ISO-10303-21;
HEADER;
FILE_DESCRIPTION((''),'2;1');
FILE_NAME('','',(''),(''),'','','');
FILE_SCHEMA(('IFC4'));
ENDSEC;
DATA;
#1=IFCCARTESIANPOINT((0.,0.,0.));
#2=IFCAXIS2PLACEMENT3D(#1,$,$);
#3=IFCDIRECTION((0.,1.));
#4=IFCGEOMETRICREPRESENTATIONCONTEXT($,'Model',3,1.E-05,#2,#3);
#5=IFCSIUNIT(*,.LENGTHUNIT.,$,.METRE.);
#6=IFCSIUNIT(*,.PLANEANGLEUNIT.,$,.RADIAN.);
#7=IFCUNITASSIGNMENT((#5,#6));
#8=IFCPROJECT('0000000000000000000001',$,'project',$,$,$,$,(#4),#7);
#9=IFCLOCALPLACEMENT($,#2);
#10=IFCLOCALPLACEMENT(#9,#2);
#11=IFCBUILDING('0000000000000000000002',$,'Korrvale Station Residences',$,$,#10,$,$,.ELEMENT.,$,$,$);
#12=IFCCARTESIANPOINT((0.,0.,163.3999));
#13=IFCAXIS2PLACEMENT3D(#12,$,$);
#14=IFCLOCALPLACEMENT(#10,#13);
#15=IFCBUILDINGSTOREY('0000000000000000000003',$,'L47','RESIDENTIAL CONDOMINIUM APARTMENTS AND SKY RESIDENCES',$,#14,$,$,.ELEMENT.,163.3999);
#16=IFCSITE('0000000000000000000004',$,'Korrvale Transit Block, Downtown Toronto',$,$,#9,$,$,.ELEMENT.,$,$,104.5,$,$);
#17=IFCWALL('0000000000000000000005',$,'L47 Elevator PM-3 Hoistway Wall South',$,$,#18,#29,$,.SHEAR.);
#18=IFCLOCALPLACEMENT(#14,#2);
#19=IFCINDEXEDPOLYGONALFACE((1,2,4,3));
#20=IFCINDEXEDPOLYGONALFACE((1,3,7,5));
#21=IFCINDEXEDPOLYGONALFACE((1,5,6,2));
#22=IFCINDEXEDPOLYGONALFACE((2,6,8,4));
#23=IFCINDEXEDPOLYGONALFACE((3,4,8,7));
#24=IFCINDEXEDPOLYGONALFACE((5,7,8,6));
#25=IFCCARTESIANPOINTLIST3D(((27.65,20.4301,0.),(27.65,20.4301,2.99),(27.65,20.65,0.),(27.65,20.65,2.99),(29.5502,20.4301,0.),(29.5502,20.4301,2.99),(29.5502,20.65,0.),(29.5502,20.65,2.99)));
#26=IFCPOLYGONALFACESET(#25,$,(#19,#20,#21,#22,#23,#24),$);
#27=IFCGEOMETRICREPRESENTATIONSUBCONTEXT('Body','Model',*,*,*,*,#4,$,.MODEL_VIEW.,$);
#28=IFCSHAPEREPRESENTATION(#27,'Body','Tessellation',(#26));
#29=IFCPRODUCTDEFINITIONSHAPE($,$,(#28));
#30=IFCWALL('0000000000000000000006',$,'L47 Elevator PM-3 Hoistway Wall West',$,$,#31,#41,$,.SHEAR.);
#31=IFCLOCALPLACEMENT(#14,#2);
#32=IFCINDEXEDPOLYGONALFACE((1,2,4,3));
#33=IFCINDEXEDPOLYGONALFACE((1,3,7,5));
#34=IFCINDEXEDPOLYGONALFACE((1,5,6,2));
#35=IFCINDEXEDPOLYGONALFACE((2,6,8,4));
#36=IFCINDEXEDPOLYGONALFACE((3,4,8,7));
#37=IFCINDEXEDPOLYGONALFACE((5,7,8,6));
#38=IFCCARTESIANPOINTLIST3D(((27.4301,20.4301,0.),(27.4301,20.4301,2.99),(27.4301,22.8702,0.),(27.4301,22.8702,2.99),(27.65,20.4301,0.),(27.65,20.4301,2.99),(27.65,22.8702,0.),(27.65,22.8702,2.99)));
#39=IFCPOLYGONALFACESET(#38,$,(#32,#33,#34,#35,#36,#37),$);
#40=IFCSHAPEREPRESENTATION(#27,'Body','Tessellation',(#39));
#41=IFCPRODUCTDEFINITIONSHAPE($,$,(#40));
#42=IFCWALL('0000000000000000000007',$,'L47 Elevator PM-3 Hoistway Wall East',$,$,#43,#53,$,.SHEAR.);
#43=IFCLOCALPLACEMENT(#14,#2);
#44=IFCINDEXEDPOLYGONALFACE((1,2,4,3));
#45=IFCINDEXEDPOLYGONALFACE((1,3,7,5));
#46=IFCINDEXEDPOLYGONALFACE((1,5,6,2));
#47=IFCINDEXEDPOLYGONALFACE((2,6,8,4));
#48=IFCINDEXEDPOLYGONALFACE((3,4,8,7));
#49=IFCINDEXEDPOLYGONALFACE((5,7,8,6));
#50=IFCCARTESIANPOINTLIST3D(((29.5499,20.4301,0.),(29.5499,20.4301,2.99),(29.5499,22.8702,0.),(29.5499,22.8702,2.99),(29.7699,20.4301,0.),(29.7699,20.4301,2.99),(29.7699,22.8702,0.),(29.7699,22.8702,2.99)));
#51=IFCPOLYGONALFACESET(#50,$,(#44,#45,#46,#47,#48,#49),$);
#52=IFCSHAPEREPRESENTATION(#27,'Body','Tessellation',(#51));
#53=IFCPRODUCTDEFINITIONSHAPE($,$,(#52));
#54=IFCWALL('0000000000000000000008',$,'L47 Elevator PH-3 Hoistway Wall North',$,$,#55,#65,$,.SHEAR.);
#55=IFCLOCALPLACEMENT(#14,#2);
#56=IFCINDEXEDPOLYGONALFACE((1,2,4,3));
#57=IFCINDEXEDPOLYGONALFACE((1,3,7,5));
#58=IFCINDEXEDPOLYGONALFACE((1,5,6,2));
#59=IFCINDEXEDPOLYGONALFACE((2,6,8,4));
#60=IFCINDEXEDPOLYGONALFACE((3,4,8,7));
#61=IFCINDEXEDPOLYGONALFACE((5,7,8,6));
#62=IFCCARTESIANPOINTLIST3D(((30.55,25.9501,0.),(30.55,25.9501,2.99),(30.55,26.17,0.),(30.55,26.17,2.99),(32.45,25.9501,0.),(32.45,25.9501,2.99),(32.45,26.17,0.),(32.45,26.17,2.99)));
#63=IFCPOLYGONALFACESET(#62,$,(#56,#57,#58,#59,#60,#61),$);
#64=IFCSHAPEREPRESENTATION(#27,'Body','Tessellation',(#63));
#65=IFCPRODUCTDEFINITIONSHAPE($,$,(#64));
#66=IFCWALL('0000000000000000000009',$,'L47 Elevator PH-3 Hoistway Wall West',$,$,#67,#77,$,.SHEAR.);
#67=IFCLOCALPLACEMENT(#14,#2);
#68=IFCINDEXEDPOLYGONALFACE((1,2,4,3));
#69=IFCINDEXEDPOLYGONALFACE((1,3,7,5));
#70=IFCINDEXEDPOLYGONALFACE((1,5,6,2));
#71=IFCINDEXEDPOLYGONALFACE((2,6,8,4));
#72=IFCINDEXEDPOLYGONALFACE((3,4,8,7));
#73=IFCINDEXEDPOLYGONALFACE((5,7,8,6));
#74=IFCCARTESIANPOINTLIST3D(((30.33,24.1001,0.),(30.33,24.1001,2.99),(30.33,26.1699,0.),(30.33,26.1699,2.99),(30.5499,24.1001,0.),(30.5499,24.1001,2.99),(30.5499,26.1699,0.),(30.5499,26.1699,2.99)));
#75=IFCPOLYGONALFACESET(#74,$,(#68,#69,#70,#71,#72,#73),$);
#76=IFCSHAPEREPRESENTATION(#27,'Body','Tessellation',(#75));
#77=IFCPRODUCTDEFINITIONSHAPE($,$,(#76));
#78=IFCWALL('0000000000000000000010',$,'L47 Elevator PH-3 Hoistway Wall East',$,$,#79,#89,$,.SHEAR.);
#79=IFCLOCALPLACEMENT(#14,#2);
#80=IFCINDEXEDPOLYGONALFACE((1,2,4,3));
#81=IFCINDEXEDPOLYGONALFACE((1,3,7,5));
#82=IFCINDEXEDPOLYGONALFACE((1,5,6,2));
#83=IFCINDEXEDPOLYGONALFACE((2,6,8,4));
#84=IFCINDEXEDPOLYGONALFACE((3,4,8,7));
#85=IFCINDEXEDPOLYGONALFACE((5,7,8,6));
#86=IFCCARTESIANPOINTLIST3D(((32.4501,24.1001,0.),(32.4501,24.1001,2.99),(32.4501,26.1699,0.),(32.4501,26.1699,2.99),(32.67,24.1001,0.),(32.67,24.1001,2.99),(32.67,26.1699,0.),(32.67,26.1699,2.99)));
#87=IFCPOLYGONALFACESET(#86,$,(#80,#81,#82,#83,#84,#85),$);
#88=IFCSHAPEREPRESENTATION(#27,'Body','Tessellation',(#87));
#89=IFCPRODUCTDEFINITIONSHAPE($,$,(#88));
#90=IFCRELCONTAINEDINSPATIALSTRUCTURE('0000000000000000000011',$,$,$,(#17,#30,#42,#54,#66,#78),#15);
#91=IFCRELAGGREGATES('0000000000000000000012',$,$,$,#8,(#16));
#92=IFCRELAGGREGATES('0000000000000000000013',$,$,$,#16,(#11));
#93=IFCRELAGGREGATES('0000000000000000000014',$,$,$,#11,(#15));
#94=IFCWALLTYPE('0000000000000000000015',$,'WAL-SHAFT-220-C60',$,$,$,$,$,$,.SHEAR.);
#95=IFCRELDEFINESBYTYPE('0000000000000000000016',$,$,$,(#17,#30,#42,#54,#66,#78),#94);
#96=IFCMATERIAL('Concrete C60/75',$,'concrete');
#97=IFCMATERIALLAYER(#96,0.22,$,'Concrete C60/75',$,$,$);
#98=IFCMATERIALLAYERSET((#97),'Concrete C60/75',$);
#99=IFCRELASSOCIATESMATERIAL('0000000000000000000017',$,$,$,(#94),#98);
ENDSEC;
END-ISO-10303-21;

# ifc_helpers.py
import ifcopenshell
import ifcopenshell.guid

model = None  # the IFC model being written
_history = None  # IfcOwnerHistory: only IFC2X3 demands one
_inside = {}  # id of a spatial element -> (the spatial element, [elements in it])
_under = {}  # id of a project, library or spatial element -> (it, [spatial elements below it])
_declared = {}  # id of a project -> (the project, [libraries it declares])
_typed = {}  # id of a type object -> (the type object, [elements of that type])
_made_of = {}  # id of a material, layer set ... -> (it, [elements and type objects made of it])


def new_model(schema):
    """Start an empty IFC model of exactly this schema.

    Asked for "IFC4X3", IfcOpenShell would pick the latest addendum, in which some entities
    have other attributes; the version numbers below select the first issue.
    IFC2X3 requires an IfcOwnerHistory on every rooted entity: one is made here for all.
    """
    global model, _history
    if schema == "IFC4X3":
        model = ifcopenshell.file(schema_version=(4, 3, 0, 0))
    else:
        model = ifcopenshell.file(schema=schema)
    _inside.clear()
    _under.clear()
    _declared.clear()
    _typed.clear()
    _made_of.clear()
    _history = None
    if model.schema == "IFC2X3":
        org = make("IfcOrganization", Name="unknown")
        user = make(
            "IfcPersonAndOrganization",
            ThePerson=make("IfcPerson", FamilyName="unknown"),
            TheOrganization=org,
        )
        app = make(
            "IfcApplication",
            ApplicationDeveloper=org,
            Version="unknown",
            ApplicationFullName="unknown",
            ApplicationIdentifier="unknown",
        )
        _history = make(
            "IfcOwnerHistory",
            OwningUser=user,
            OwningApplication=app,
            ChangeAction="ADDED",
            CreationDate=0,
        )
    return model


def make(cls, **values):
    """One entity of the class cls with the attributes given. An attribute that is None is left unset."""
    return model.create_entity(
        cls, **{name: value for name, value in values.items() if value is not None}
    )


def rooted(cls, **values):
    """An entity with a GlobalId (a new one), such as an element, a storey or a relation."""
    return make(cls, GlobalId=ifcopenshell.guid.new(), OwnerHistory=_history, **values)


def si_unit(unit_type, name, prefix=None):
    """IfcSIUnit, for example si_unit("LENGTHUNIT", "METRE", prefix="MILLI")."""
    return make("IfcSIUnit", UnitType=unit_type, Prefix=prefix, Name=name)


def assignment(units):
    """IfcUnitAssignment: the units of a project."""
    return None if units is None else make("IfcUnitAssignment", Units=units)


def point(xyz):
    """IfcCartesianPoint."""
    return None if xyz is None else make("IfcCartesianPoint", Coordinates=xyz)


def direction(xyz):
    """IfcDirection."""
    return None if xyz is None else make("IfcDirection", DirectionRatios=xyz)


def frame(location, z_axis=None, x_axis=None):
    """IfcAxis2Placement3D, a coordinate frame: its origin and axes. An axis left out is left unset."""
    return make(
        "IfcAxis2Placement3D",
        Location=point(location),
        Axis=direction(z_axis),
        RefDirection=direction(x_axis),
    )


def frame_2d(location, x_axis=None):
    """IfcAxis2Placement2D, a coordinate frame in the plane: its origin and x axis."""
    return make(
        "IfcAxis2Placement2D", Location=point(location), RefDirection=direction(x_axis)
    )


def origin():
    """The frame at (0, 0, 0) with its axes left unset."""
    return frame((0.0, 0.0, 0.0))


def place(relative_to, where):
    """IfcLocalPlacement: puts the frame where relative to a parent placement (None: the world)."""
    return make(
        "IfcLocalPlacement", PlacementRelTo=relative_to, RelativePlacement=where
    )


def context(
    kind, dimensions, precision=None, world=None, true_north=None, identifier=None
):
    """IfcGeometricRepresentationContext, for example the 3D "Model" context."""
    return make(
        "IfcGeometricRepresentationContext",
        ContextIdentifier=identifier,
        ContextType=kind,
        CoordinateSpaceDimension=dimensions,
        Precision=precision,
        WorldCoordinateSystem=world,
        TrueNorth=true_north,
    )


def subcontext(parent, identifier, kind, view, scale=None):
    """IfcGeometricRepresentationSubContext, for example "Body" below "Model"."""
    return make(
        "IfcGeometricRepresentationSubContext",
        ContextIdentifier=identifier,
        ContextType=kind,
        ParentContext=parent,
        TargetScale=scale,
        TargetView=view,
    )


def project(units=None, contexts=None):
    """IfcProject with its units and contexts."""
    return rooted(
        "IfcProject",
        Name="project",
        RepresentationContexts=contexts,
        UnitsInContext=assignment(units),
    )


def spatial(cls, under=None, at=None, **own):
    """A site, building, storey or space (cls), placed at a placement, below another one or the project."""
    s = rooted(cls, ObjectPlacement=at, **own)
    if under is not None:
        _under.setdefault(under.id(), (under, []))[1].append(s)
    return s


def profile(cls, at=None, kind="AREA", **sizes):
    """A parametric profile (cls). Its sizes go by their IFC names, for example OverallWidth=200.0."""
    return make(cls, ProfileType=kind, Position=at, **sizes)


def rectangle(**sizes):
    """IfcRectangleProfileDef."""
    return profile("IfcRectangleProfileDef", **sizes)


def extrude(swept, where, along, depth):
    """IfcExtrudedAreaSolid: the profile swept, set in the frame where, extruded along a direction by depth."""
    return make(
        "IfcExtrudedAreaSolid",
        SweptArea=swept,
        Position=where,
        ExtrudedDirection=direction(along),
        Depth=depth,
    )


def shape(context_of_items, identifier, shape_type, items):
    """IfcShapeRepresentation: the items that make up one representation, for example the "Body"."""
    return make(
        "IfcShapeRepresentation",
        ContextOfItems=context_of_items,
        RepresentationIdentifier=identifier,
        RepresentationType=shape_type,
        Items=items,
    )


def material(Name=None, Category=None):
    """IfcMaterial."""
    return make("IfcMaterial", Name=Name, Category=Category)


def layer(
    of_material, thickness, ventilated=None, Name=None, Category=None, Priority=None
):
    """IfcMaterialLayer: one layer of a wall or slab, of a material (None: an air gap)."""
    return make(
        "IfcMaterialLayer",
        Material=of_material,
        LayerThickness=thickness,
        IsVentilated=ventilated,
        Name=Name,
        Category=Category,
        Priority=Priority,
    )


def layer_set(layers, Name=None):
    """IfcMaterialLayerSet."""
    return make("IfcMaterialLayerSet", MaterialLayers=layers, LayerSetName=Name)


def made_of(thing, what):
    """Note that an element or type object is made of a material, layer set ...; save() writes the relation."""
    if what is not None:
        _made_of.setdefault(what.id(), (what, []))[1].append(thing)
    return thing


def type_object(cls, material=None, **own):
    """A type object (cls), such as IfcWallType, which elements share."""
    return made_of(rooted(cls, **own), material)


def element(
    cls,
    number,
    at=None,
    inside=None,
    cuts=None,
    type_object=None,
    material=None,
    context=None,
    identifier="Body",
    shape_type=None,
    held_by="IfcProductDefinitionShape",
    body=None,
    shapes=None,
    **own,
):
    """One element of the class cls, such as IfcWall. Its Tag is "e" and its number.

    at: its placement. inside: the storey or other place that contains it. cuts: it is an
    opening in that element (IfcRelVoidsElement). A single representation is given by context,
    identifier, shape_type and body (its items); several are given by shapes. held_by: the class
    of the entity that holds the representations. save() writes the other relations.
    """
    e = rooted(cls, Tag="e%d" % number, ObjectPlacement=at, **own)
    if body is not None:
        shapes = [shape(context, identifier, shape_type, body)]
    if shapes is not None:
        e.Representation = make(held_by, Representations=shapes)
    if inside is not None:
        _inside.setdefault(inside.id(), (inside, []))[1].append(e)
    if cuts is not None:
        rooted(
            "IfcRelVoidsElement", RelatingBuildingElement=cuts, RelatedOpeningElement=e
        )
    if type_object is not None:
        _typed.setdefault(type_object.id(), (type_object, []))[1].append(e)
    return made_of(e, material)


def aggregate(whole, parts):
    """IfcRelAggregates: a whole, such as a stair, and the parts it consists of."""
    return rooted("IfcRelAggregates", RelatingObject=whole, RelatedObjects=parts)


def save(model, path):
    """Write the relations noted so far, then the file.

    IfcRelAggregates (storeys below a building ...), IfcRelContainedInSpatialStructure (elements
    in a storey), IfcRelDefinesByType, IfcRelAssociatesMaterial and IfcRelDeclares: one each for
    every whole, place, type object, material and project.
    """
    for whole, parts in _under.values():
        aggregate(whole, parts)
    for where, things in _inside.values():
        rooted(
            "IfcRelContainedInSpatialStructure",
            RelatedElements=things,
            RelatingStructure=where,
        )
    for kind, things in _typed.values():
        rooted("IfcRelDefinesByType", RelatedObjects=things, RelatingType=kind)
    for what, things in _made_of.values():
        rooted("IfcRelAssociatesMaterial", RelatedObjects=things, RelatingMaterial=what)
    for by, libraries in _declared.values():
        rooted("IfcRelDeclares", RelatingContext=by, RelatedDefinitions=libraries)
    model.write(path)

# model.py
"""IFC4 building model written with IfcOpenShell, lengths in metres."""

from ifc_helpers import new_model, si_unit, direction, frame, frame_2d, origin, place, context, subcontext, project, spatial, rectangle, extrude, material, layer, layer_set, type_object, element, save


model = new_model("IFC4")

# Units and contexts
model_context = context("Model", 3, precision=1e-05, world=origin(), true_north=direction((0.0, 1.0)))
body_context = subcontext(model_context, "Body", "Model", "MODEL_VIEW")
ifc_project = project(units=[si_unit("LENGTHUNIT", "METRE"), si_unit("PLANEANGLEUNIT", "RADIAN")], contexts=[model_context])

# Site, building, storey
site_placement = place(None, origin())
site = spatial("IfcSite", under=ifc_project, at=site_placement, Name="Korrvale Transit Block, Downtown Toronto", CompositionType="ELEMENT", RefElevation=104.5)
building_placement = place(site_placement, origin())
building = spatial("IfcBuilding", under=site, at=building_placement, Name="Korrvale Station Residences", CompositionType="ELEMENT")
storey_placement = place(building_placement, frame((0.0, 0.0, 163.3999)))
storey = spatial("IfcBuildingStorey", under=building, at=storey_placement, Name="L47", Description="RESIDENTIAL CONDOMINIUM APARTMENTS AND SKY RESIDENCES", CompositionType="ELEMENT", Elevation=163.3999)

# Shared definitions
ifc_material_1 = material(Name="Concrete C60/75", Category="concrete")

# Shared definitions
ifc_layer_1 = layer(ifc_material_1, 0.22, Name="Concrete C60/75")
ifc_layer_set_1 = layer_set([ifc_layer_1], Name="Concrete C60/75")
wall_type_1 = type_object("IfcWallType", Name="WAL-SHAFT-220-C60", PredefinedType="SHEAR", material=ifc_layer_set_1)

# Wall
wall_1_placement = place(storey_placement, frame((27.6499, 20.54, 0.0), z_axis=(0.0, 0.0, 1.0), x_axis=(1.0, 0.0, 0.0)))
element("IfcWall", 1, at=wall_1_placement, inside=storey, type_object=wall_type_1, Name="L47 Elevator PM-3 Hoistway Wall South", PredefinedType="SHEAR", context=body_context, shape_type="SweptSolid", body=[
    extrude(rectangle(XDim=1.9001, YDim=0.22, at=frame_2d((0.9502, 0.0))), origin(), (0.0, 0.0, 1.0), 2.99),
])

# Walls
for number, where, z_axis, x_axis, name in (
    (2, (27.54, 20.4299, 0.0), (0.0, 0.0, 1.0), (0.0, 1.0, 0.0), "L47 Elevator PM-3 Hoistway Wall West"),
    (3, (29.6599, 20.4299, 0.0), (0.0, 0.0, 1.0), (0.0, 1.0, 0.0), "L47 Elevator PM-3 Hoistway Wall East"),
):
    element("IfcWall", number, at=place(storey_placement, frame(where, z_axis=z_axis, x_axis=x_axis)), inside=storey, type_object=wall_type_1, Name=name, PredefinedType="SHEAR", context=body_context, shape_type="SweptSolid", body=[
        extrude(rectangle(XDim=2.4402, YDim=0.22, at=frame_2d((1.2202, 0.0))), origin(), (0.0, 0.0, 1.0), 2.99),
    ])
wall_2_placement = place(storey_placement, frame((30.55, 26.0601, 0.0), z_axis=(0.0, 0.0, 1.0), x_axis=(1.0, 0.0, 0.0)))
element("IfcWall", 4, at=wall_2_placement, inside=storey, type_object=wall_type_1, Name="L47 Elevator PH-3 Hoistway Wall North", PredefinedType="SHEAR", context=body_context, shape_type="SweptSolid", body=[
    extrude(rectangle(XDim=1.8999, YDim=0.22, at=frame_2d((0.95, 0.0))), origin(), (0.0, 0.0, 1.0), 2.99),
])
for number, where, z_axis, x_axis, name in (
    (5, (30.4399, 24.1001, 0.0), (0.0, 0.0, 1.0), (0.0, 1.0, 0.0), "L47 Elevator PH-3 Hoistway Wall West"),
    (6, (32.5601, 24.1001, 0.0), (0.0, 0.0, 1.0), (0.0, 1.0, 0.0), "L47 Elevator PH-3 Hoistway Wall East"),
):
    element("IfcWall", number, at=place(storey_placement, frame(where, z_axis=z_axis, x_axis=x_axis)), inside=storey, type_object=wall_type_1, Name=name, PredefinedType="SHEAR", context=body_context, shape_type="SweptSolid", body=[
        extrude(rectangle(XDim=2.0698, YDim=0.22, at=frame_2d((1.0349, 0.0))), origin(), (0.0, 0.0, 1.0), 2.99),
    ])

save(model, "model.ifc")
